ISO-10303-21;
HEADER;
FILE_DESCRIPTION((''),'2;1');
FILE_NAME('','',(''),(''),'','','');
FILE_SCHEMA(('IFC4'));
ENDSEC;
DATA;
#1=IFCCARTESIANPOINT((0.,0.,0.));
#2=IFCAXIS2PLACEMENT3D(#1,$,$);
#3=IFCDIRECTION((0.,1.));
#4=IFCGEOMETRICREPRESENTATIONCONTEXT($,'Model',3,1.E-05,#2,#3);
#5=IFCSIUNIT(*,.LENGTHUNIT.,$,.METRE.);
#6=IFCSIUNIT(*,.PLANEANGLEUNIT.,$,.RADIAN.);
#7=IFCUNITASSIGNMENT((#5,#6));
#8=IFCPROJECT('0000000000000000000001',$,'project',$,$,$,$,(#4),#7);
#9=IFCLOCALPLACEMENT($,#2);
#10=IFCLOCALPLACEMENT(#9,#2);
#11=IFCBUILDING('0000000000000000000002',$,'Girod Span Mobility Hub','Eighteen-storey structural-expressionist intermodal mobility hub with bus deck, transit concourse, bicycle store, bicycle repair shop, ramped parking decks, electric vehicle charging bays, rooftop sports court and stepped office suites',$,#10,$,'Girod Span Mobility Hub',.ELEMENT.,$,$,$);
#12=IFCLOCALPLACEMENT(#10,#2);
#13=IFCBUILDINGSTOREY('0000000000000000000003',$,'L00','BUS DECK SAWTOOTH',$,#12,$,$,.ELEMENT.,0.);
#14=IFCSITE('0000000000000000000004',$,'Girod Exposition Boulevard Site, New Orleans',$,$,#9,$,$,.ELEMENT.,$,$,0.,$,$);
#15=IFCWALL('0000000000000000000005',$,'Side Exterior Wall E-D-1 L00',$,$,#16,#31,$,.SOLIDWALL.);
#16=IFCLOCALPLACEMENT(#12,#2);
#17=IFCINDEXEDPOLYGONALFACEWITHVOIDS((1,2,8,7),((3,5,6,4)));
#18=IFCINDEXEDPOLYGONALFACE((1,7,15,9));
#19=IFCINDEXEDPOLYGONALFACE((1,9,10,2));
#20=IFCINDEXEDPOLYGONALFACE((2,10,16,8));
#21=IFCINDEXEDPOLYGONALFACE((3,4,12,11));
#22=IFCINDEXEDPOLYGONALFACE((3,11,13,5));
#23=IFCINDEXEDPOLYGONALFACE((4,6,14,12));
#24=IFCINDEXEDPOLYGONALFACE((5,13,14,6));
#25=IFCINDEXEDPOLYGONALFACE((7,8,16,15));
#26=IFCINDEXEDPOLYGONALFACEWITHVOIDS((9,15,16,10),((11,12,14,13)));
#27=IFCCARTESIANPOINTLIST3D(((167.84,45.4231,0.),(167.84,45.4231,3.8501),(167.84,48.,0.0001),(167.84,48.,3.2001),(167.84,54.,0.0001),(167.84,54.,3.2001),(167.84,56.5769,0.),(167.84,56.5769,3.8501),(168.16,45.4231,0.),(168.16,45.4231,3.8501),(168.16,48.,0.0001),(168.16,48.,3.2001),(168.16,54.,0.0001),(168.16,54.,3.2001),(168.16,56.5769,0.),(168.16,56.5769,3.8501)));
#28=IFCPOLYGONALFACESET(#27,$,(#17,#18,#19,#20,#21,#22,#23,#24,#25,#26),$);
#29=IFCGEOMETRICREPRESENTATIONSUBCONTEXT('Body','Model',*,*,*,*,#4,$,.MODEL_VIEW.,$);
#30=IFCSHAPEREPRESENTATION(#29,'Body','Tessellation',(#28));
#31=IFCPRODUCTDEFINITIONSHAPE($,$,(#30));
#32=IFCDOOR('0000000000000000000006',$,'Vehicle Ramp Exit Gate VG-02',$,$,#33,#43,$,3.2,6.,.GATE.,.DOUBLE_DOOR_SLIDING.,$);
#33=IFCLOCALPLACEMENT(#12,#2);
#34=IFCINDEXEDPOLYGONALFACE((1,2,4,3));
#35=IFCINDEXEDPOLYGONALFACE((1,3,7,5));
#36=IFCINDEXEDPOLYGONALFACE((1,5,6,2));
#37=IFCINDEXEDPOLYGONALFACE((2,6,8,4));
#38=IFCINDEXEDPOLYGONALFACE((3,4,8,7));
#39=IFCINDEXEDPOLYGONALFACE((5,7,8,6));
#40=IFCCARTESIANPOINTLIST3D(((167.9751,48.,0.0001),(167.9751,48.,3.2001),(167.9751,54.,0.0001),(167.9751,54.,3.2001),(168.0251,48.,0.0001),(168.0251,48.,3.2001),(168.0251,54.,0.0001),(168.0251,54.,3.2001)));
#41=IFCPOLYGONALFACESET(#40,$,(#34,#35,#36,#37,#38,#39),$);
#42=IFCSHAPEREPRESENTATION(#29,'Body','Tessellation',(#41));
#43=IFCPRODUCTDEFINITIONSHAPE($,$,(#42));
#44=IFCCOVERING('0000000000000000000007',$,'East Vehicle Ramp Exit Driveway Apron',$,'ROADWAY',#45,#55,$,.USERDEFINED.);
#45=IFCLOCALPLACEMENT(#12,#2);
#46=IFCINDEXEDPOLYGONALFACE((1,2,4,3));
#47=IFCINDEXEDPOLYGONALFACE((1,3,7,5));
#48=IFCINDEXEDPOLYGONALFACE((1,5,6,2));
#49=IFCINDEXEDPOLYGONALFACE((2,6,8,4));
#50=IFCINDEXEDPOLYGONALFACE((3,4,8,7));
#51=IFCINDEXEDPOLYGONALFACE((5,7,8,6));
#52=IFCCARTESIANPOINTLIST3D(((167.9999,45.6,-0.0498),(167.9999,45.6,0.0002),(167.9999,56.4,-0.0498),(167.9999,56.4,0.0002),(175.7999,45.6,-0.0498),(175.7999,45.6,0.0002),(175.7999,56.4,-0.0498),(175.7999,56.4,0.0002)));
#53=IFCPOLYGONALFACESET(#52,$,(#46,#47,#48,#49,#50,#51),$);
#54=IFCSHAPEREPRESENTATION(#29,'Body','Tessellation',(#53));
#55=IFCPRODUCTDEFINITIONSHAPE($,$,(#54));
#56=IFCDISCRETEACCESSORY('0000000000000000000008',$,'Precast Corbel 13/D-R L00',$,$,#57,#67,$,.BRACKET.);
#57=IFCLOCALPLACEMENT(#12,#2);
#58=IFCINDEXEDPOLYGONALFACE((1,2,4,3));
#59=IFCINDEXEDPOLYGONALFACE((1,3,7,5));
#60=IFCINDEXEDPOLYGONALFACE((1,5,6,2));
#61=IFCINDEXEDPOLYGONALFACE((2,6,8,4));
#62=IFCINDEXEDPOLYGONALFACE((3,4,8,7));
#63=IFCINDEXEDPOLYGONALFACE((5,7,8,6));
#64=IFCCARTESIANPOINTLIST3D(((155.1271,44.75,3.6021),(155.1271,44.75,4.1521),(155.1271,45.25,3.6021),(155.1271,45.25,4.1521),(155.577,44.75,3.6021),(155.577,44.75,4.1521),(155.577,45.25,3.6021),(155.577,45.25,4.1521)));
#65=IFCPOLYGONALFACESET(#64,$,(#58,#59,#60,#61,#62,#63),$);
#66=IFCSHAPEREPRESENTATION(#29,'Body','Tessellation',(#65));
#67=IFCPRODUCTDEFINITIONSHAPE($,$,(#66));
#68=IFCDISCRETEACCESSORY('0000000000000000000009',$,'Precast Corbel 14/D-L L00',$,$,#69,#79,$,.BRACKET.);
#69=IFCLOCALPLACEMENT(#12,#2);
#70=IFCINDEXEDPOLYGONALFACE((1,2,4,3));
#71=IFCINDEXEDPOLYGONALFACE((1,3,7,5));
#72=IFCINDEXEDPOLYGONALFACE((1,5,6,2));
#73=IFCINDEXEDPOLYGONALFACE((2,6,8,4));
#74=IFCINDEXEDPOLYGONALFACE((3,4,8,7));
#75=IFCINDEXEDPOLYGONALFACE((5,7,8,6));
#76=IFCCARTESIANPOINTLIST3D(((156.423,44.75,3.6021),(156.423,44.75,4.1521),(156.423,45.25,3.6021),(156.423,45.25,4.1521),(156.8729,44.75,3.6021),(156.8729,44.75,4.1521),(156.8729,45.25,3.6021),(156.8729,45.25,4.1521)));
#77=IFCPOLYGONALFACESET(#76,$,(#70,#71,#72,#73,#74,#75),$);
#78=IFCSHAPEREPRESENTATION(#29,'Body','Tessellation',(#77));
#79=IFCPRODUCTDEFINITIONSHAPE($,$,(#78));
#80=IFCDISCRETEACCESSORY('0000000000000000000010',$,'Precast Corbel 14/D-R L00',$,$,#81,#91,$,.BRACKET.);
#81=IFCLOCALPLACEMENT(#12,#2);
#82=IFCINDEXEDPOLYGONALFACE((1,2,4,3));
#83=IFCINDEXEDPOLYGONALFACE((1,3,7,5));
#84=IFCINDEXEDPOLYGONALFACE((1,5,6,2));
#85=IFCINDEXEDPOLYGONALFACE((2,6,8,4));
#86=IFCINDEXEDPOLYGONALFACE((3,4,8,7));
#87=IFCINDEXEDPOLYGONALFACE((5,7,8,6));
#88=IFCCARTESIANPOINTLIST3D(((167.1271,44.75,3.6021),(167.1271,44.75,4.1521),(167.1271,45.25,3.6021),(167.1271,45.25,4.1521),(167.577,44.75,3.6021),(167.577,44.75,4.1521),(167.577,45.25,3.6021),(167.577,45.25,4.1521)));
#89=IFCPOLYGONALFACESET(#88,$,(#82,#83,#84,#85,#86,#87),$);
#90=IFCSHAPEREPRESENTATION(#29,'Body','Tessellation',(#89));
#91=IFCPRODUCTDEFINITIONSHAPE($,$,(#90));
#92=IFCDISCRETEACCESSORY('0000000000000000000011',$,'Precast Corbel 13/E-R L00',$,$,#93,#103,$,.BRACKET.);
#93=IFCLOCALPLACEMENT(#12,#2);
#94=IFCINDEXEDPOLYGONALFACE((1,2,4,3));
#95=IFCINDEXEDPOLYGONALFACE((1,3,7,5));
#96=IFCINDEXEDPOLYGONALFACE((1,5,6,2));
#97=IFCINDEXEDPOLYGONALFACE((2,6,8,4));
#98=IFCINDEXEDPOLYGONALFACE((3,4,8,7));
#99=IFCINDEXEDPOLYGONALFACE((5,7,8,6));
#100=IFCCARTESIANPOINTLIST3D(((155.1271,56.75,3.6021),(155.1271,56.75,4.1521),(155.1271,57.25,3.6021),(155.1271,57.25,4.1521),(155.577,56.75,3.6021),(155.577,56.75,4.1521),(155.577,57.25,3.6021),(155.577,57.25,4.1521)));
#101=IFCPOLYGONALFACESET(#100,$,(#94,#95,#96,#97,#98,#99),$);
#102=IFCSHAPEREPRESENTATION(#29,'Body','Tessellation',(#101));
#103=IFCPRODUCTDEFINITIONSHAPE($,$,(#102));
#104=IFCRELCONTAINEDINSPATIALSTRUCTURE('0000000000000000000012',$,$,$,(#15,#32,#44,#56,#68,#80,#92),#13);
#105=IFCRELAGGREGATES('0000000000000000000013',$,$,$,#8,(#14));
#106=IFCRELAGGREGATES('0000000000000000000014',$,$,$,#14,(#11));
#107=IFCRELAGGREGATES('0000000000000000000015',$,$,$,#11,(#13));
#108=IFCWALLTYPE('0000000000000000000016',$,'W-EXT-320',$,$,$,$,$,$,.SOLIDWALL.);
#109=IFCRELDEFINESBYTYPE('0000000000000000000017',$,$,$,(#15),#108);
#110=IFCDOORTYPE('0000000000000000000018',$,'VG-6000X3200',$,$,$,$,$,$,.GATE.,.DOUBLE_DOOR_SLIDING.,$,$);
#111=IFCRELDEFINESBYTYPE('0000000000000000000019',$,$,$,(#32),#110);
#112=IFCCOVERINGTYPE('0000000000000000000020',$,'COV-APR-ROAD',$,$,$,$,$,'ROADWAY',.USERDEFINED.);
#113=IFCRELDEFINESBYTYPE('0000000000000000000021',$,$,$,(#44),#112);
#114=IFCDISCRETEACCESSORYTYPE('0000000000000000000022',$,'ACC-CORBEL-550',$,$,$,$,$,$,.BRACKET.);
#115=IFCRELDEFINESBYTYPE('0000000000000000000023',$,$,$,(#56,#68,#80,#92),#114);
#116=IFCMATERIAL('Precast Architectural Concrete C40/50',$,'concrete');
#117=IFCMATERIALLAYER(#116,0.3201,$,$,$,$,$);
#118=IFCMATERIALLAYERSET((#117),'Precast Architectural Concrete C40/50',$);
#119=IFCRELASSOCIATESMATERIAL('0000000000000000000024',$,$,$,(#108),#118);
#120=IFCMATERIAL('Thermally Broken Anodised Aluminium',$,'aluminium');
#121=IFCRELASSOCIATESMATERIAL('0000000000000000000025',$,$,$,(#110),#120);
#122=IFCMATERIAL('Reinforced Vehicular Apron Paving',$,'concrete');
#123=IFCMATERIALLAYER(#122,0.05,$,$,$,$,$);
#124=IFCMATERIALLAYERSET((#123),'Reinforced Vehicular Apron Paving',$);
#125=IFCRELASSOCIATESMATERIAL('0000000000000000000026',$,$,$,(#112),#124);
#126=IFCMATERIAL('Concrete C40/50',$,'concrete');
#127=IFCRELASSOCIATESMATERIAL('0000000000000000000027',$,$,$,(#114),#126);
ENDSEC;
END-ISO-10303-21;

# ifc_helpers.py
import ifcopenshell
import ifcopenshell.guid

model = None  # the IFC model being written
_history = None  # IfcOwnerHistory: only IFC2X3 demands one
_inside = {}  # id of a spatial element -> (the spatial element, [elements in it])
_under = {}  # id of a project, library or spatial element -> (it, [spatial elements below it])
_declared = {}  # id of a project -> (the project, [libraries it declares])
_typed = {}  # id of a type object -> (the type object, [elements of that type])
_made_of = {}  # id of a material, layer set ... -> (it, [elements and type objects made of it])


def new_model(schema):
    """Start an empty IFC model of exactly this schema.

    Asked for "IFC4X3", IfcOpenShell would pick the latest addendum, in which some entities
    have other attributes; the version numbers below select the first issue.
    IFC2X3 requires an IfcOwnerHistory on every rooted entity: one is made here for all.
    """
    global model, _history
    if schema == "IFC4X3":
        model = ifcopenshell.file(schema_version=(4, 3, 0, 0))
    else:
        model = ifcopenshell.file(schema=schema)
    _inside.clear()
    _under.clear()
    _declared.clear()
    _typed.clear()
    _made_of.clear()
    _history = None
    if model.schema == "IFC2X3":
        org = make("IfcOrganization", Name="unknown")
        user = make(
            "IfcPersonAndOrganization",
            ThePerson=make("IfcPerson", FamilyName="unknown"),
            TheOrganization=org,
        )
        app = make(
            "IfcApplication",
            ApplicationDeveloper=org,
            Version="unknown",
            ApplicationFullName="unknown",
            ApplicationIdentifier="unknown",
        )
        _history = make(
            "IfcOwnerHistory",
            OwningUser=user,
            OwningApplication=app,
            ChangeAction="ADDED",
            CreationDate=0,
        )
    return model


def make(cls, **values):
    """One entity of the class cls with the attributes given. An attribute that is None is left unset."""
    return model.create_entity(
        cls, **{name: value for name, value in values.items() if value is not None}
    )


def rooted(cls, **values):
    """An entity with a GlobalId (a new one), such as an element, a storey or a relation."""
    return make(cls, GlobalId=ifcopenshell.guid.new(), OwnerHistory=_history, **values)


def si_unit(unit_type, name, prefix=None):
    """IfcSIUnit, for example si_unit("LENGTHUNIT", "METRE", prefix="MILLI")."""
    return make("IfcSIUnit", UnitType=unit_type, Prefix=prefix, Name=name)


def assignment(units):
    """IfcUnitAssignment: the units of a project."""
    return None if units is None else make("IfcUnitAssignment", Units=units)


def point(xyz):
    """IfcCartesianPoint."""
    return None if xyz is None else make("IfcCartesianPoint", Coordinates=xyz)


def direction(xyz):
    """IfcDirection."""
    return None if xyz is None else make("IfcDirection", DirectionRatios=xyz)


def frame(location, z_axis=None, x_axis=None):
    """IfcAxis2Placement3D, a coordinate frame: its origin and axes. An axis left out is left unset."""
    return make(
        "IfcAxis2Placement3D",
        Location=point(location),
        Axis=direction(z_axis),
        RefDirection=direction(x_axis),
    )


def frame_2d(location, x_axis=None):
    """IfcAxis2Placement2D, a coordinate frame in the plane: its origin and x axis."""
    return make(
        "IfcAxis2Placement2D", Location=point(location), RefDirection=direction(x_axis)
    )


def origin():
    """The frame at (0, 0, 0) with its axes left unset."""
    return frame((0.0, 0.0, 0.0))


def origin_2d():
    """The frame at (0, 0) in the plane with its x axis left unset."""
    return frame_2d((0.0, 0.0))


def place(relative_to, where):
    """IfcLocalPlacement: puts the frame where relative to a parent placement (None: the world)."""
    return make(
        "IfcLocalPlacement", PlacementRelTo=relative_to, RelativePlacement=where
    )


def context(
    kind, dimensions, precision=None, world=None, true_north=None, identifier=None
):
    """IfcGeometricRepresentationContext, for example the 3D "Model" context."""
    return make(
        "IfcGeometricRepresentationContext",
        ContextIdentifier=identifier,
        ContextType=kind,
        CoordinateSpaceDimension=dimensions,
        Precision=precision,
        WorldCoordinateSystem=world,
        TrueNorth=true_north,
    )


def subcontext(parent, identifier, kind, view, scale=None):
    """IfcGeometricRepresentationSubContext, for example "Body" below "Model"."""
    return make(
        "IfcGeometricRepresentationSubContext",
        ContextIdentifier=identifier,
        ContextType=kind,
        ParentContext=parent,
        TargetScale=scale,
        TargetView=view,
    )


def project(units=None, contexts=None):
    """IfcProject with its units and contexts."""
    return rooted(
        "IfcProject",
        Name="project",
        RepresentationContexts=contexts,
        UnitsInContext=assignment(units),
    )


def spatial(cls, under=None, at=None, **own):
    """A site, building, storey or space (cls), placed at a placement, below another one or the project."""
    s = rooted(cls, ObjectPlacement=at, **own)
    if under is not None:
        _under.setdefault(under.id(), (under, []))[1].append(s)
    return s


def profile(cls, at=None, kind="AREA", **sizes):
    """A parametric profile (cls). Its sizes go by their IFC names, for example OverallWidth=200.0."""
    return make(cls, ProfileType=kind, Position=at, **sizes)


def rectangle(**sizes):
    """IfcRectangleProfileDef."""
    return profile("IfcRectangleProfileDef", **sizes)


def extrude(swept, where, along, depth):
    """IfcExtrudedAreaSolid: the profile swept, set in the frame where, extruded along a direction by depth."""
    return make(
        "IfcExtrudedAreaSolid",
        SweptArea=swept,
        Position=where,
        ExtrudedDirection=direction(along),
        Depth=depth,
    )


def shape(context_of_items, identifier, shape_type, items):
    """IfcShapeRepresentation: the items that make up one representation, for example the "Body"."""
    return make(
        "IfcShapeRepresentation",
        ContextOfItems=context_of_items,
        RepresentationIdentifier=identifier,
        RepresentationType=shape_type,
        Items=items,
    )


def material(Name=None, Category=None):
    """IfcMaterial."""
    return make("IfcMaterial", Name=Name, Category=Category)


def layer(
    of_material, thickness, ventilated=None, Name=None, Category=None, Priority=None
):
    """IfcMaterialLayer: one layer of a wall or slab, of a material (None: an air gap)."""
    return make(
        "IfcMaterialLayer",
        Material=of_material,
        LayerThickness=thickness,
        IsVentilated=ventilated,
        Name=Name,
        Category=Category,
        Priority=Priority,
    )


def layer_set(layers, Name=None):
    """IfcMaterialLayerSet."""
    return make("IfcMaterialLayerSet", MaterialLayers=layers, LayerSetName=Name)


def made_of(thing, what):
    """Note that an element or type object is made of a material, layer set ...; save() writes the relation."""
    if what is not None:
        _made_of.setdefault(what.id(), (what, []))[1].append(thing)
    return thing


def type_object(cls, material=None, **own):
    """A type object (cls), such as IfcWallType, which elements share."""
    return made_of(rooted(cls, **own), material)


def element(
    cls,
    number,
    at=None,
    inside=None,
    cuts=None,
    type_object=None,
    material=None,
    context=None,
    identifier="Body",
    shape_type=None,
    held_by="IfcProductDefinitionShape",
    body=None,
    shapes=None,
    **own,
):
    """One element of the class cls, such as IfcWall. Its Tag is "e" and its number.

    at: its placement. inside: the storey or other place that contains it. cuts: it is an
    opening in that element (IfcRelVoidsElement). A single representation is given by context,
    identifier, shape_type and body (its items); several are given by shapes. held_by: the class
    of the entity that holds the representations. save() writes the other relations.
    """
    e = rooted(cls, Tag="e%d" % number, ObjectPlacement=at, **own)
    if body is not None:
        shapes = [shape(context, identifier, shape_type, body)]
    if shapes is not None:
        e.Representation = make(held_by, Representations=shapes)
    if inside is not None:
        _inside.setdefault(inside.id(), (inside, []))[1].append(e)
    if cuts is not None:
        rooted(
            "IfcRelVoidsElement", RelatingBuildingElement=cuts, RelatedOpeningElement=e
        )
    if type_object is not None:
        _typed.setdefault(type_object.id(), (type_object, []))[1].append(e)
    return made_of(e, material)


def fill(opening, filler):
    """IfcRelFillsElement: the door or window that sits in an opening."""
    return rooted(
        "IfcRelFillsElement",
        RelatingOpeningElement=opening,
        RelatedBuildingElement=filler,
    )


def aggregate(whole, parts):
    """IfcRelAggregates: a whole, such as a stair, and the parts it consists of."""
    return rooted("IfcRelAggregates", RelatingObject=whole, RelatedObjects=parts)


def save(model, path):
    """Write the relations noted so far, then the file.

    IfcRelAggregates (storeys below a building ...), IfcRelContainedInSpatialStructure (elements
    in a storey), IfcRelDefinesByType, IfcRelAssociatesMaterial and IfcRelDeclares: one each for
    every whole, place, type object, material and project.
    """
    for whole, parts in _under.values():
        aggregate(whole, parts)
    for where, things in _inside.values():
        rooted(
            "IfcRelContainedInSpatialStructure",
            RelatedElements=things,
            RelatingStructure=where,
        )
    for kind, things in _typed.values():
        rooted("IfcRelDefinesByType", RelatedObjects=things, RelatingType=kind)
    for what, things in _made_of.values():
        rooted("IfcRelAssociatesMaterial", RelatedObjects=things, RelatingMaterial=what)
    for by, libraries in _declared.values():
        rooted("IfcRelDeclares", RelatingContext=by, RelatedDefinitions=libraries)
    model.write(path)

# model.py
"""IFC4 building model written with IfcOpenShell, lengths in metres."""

from ifc_helpers import new_model, si_unit, direction, frame, frame_2d, origin, origin_2d, place, context, subcontext, project, spatial, rectangle, extrude, material, layer, layer_set, type_object, element, fill, save


model = new_model("IFC4")

# Units and contexts
model_context = context("Model", 3, precision=1e-05, world=origin(), true_north=direction((0.0, 1.0)))
body_context = subcontext(model_context, "Body", "Model", "MODEL_VIEW")
ifc_project = project(units=[si_unit("LENGTHUNIT", "METRE"), si_unit("PLANEANGLEUNIT", "RADIAN")], contexts=[model_context])

# Site, building, storey
site_placement = place(None, origin())
site = spatial("IfcSite", under=ifc_project, at=site_placement, Name="Girod Exposition Boulevard Site, New Orleans", CompositionType="ELEMENT", RefElevation=0.0)
building_placement = place(site_placement, origin())
building = spatial("IfcBuilding", under=site, at=building_placement, Name="Girod Span Mobility Hub", Description="Eighteen-storey structural-expressionist intermodal mobility hub with bus deck, transit concourse, bicycle store, bicycle repair shop, ramped parking decks, electric vehicle charging bays, rooftop sports court and stepped office suites", LongName="Girod Span Mobility Hub", CompositionType="ELEMENT")
storey_placement = place(building_placement, origin())
storey = spatial("IfcBuildingStorey", under=building, at=storey_placement, Name="L00", Description="BUS DECK SAWTOOTH", CompositionType="ELEMENT", Elevation=0.0)

# Wall, opening, door
ifc_material_1 = material(Name="Precast Architectural Concrete C40/50", Category="concrete")
ifc_layer_1 = layer(ifc_material_1, 0.3201)
ifc_layer_set_1 = layer_set([ifc_layer_1], Name="Precast Architectural Concrete C40/50")
wall_type = type_object("IfcWallType", Name="W-EXT-320", PredefinedType="SOLIDWALL", material=ifc_layer_set_1)
wall_placement = place(storey_placement, frame((168.0, 45.4231, 0.0), z_axis=(0.0, 0.0, 1.0), x_axis=(0.0, 1.0, 0.0)))
wall = element("IfcWall", 1, at=wall_placement, inside=storey, type_object=wall_type, Name="Side Exterior Wall E-D-1 L00", PredefinedType="SOLIDWALL", context=body_context, shape_type="SweptSolid", body=[
    extrude(rectangle(XDim=11.1538, YDim=0.3201, at=frame_2d((5.5769, 0.0))), origin(), (0.0, 0.0, 1.0), 3.8501),
])
opening_placement = place(wall_placement, frame((2.5769, 0.0, 0.0)))
opening = element("IfcOpeningElement", 2, at=opening_placement, cuts=wall, PredefinedType="OPENING", context=body_context, shape_type="SweptSolid", body=[
    extrude(rectangle(XDim=6.0, YDim=3.2, at=frame_2d((3.0, 1.6001))), frame((0.0, 0.175, 0.0), z_axis=(0.0, -1.0, 0.0), x_axis=(1.0, 0.0, 0.0)), (0.0, 0.0, 1.0), 0.3501),
])
ifc_material_2 = material(Name="Thermally Broken Anodised Aluminium", Category="aluminium")
door_type = type_object("IfcDoorType", Name="VG-6000X3200", OperationType="DOUBLE_DOOR_SLIDING", PredefinedType="GATE", material=ifc_material_2)
door_placement = place(opening_placement, origin())
door = element("IfcDoor", 3, at=door_placement, inside=storey, type_object=door_type, Name="Vehicle Ramp Exit Gate VG-02", OperationType="DOUBLE_DOOR_SLIDING", OverallHeight=3.2, OverallWidth=6.0, PredefinedType="GATE", context=body_context, shape_type="SweptSolid", body=[
    extrude(rectangle(XDim=6.0, YDim=3.2, at=frame_2d((3.0, 1.6001))), frame((0.0, 0.0249, 0.0), z_axis=(0.0, -1.0, 0.0), x_axis=(1.0, 0.0, 0.0)), (0.0, 0.0, 1.0), 0.05),
])
fill(opening, door)

# Covering
ifc_material_3 = material(Name="Reinforced Vehicular Apron Paving", Category="concrete")
ifc_layer_2 = layer(ifc_material_3, 0.05)
ifc_layer_set_2 = layer_set([ifc_layer_2], Name="Reinforced Vehicular Apron Paving")
covering_type = type_object("IfcCoveringType", Name="COV-APR-ROAD", ElementType="ROADWAY", PredefinedType="USERDEFINED", material=ifc_layer_set_2)
covering_placement = place(storey_placement, frame((171.8999, 51.0, -0.0498), z_axis=(0.0, 0.0, 1.0), x_axis=(1.0, 0.0, 0.0)))
element("IfcCovering", 4, at=covering_placement, inside=storey, type_object=covering_type, Name="East Vehicle Ramp Exit Driveway Apron", ObjectType="ROADWAY", PredefinedType="USERDEFINED", context=body_context, shape_type="SweptSolid", body=[
    extrude(rectangle(XDim=7.8, YDim=10.8, at=origin_2d()), origin(), (0.0, 0.0, 1.0), 0.05),
])

# Discrete accessories
ifc_material_4 = material(Name="Concrete C40/50", Category="concrete")
discrete_accessory_type = type_object("IfcDiscreteAccessoryType", Name="ACC-CORBEL-550", PredefinedType="BRACKET", material=ifc_material_4)
for number, where, z_axis, x_axis, name in (
    (5, (155.3521, 45.0, 3.6021), (0.0, 0.0, 1.0), (1.0, 0.0, 0.0), "Precast Corbel 13/D-R L00"),
    (6, (156.6479, 45.0, 3.6021), (0.0, 0.0, 1.0), (1.0, 0.0, 0.0), "Precast Corbel 14/D-L L00"),
    (7, (167.3521, 45.0, 3.6021), (0.0, 0.0, 1.0), (1.0, 0.0, 0.0), "Precast Corbel 14/D-R L00"),
    (8, (155.3521, 57.0, 3.6021), (0.0, 0.0, 1.0), (1.0, 0.0, 0.0), "Precast Corbel 13/E-R L00"),
):
    element("IfcDiscreteAccessory", number, at=place(storey_placement, frame(where, z_axis=z_axis, x_axis=x_axis)), inside=storey, type_object=discrete_accessory_type, Name=name, PredefinedType="BRACKET", context=body_context, shape_type="SweptSolid", body=[
        extrude(rectangle(XDim=0.45, YDim=0.5, at=origin_2d()), origin(), (0.0, 0.0, 1.0), 0.55),
    ])

save(model, "model.ifc")
